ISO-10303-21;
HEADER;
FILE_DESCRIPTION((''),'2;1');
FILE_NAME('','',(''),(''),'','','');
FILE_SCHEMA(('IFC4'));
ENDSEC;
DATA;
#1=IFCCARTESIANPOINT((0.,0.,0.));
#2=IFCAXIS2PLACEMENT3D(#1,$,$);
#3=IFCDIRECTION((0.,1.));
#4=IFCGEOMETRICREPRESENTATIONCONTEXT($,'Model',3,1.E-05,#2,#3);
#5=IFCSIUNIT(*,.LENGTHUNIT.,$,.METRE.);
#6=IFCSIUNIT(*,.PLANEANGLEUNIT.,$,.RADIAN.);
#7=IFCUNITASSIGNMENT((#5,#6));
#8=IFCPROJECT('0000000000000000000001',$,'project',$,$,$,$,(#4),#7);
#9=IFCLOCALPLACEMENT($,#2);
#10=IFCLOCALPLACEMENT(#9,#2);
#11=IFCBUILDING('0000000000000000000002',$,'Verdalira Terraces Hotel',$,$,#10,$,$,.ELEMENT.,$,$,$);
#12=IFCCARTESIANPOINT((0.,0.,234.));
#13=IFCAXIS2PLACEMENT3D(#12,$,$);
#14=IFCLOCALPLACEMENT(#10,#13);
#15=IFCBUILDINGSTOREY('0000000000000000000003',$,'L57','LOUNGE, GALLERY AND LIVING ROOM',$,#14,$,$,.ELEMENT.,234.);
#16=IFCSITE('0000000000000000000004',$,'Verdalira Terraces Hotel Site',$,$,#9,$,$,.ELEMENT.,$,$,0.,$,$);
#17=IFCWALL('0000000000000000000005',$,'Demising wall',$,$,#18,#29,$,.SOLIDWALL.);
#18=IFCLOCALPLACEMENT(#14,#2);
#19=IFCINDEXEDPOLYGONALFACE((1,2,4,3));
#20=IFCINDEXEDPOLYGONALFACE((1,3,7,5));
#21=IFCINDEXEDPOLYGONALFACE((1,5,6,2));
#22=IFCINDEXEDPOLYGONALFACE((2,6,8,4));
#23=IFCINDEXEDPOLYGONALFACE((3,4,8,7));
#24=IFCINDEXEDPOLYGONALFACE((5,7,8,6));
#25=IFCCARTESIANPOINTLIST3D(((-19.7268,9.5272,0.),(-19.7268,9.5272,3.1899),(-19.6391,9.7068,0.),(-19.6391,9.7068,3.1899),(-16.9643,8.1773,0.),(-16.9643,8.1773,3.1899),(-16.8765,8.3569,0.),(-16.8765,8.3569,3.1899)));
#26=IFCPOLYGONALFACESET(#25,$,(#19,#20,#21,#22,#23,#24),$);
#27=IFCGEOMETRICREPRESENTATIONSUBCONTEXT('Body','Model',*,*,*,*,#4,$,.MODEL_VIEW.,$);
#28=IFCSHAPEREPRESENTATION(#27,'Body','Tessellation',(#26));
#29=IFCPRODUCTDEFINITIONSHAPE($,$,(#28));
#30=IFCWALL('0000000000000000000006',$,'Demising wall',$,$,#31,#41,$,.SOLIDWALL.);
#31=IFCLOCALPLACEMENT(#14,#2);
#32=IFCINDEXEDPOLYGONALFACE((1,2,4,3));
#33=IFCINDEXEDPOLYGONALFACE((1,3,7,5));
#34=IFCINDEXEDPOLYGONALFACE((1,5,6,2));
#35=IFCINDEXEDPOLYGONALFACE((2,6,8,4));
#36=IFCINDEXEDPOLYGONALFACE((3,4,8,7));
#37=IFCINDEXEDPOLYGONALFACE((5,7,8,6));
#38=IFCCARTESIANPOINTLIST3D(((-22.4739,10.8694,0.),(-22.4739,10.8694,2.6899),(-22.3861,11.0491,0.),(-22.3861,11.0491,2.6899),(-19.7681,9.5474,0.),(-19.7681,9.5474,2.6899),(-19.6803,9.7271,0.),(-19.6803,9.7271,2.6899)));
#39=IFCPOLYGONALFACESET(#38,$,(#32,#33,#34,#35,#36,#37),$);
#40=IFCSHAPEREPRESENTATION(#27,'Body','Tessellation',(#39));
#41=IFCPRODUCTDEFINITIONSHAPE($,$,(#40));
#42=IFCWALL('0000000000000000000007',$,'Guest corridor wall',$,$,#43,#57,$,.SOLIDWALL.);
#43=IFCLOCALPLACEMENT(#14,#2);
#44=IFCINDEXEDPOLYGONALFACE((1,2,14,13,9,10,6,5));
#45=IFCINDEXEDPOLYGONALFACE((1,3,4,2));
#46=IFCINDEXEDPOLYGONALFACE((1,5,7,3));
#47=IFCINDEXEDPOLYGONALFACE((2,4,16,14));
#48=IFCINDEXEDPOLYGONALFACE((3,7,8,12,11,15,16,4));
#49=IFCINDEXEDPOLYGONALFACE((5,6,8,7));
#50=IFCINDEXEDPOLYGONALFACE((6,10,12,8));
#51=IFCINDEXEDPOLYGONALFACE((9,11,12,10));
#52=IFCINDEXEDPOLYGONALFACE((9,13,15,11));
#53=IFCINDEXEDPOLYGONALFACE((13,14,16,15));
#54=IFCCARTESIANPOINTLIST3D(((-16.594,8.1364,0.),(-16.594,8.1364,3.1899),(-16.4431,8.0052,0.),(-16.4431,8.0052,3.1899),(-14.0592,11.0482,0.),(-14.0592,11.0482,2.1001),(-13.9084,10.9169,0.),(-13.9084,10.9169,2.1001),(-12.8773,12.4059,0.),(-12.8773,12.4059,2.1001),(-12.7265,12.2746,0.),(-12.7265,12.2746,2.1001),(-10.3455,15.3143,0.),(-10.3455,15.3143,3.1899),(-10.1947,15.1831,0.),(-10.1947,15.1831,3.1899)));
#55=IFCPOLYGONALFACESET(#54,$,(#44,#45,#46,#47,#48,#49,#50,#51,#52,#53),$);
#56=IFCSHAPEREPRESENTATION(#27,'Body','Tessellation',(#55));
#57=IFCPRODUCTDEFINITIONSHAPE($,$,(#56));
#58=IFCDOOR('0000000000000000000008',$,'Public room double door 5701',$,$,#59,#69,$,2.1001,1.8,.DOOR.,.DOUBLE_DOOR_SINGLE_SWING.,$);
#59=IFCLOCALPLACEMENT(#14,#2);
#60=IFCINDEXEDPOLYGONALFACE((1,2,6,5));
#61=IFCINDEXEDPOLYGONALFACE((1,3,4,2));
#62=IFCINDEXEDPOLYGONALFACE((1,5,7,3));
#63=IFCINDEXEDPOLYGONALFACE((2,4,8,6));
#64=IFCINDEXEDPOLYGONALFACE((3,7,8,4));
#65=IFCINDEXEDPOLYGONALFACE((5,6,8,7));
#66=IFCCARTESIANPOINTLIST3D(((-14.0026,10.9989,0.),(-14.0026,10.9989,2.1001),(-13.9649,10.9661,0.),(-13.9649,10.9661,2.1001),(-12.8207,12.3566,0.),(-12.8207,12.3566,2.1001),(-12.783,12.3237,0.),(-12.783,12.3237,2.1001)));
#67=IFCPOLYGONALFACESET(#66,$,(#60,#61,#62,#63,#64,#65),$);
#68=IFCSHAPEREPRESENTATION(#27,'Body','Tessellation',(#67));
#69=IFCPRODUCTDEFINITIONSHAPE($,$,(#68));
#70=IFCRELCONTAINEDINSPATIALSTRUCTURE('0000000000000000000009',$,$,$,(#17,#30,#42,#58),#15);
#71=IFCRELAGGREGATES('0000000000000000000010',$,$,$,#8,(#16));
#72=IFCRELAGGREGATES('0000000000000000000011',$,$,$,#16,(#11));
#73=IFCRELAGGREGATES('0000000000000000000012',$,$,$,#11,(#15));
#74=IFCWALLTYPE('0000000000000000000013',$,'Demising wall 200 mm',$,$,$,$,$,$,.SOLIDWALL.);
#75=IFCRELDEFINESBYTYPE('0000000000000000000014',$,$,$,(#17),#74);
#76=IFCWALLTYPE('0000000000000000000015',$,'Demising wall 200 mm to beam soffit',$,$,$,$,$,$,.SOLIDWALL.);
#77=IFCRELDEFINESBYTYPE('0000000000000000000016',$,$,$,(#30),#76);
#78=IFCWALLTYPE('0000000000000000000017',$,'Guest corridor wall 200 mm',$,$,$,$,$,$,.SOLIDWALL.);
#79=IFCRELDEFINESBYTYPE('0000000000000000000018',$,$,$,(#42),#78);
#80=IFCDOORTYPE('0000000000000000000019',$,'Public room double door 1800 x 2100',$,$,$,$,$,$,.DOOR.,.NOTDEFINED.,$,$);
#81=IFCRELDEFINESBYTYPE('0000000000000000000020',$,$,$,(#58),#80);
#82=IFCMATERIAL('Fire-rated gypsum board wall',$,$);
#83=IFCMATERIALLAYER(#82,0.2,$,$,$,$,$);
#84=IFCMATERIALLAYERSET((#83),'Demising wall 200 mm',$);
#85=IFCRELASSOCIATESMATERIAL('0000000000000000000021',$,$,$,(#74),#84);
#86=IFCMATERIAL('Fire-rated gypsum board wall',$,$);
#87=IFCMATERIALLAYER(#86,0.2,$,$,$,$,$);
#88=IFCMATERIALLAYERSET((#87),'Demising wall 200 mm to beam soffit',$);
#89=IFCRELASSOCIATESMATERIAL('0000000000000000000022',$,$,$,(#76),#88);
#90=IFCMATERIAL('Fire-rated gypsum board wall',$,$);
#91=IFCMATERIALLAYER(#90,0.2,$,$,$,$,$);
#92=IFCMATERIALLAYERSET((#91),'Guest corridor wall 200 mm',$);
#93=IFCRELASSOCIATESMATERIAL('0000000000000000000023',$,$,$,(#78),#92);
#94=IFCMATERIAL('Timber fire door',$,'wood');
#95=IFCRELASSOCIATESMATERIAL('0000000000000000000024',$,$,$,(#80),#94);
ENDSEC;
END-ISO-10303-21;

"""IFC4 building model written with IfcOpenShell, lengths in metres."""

from ifc_helpers import new_model, si_unit, direction, frame, frame_2d, origin, place, context, subcontext, project, spatial, rectangle, extrude, material, layer, layer_set, type_object, element, fill, save


model = new_model("IFC4")

# Units and contexts
model_context = context("Model", 3, precision=1e-05, world=origin(), true_north=direction((0.0, 1.0)))
body_context = subcontext(model_context, "Body", "Model", "MODEL_VIEW")
ifc_project = project(units=[si_unit("LENGTHUNIT", "METRE"), si_unit("PLANEANGLEUNIT", "RADIAN")], contexts=[model_context])

# Site, building, storey
site_placement = place(None, origin())
site = spatial("IfcSite", under=ifc_project, at=site_placement, Name="Verdalira Terraces Hotel Site", CompositionType="ELEMENT", RefElevation=0.0)
building_placement = place(site_placement, origin())
building = spatial("IfcBuilding", under=site, at=building_placement, Name="Verdalira Terraces Hotel", CompositionType="ELEMENT")
storey_placement = place(building_placement, frame((0.0, 0.0, 234.0)))
storey = spatial("IfcBuildingStorey", under=building, at=storey_placement, Name="L57", Description="LOUNGE, GALLERY AND LIVING ROOM", CompositionType="ELEMENT", Elevation=234.0)

# Shared definitions
ifc_material_1 = material(Name="Fire-rated gypsum board wall")
ifc_layer_1 = layer(ifc_material_1, 0.2)
ifc_layer_set_1 = layer_set([ifc_layer_1], Name="Demising wall 200 mm")
wall_type_1 = type_object("IfcWallType", Name="Demising wall 200 mm", PredefinedType="SOLIDWALL", material=ifc_layer_set_1)

# Walls
wall_1_placement = place(storey_placement, frame((-16.9204, 8.2671, 0.0), z_axis=(0.0, 0.0, 1.0), x_axis=(-0.898471, 0.439032, 0.0)))
element("IfcWall", 1, at=wall_1_placement, inside=storey, type_object=wall_type_1, Name="Demising wall", PredefinedType="SOLIDWALL", context=body_context, shape_type="SweptSolid", body=[
    extrude(rectangle(XDim=3.0747, YDim=0.2, at=frame_2d((1.5374, 0.0))), origin(), (0.0, 0.0, 1.0), 3.1899),
])
ifc_material_2 = material(Name="Fire-rated gypsum board wall")
ifc_layer_2 = layer(ifc_material_2, 0.2)
ifc_layer_set_2 = layer_set([ifc_layer_2], Name="Demising wall 200 mm to beam soffit")
wall_type_2 = type_object("IfcWallType", Name="Demising wall 200 mm to beam soffit", PredefinedType="SOLIDWALL", material=ifc_layer_set_2)
wall_2_placement = place(storey_placement, frame((-19.7241, 9.6372, 0.0), z_axis=(0.0, 0.0, 1.0), x_axis=(-0.898492, 0.438991, 0.0)))
element("IfcWall", 2, at=wall_2_placement, inside=storey, type_object=wall_type_2, Name="Demising wall", PredefinedType="SOLIDWALL", context=body_context, shape_type="SweptSolid", body=[
    extrude(rectangle(XDim=3.0115, YDim=0.2, at=frame_2d((1.5059, 0.0))), origin(), (0.0, 0.0, 1.0), 2.6899),
])

# Wall, opening, door
ifc_material_3 = material(Name="Fire-rated gypsum board wall")
ifc_layer_3 = layer(ifc_material_3, 0.2)
ifc_layer_set_3 = layer_set([ifc_layer_3], Name="Guest corridor wall 200 mm")
wall_type_3 = type_object("IfcWallType", Name="Guest corridor wall 200 mm", PredefinedType="SOLIDWALL", material=ifc_layer_set_3)
wall_3_placement = place(storey_placement, frame((-16.5186, 8.0708, 0.0), z_axis=(0.0, 0.0, 1.0), x_axis=(0.656586, 0.754251, 0.0)))
wall_3 = element("IfcWall", 3, at=wall_3_placement, inside=storey, type_object=wall_type_3, Name="Guest corridor wall", PredefinedType="SOLIDWALL", context=body_context, shape_type="SweptSolid", body=[
    extrude(rectangle(XDim=9.5166, YDim=0.2, at=frame_2d((4.7583, 0.0))), origin(), (0.0, 0.0, 1.0), 3.1899),
])
opening_1_placement = place(wall_3_placement, frame((3.8606, 0.0, 0.0)))
opening_1 = element("IfcOpeningElement", 4, at=opening_1_placement, cuts=wall_3, PredefinedType="OPENING", context=body_context, shape_type="SweptSolid", body=[
    extrude(rectangle(XDim=1.8, YDim=2.1001, at=frame_2d((0.8999, 1.05))), frame((0.0, 0.1099, 0.0), z_axis=(0.0, -1.0, 0.0), x_axis=(1.0, 0.0, 0.0)), (0.0, 0.0, 1.0), 0.22),
])
ifc_material_4 = material(Name="Timber fire door", Category="wood")
door_type_1 = type_object("IfcDoorType", Name="Public room double door 1800 x 2100", OperationType="NOTDEFINED", PredefinedType="DOOR", material=ifc_material_4)
door_1_placement = place(opening_1_placement, origin())
door_1 = element("IfcDoor", 5, at=door_1_placement, inside=storey, type_object=door_type_1, Name="Public room double door 5701", OperationType="DOUBLE_DOOR_SINGLE_SWING", OverallHeight=2.1001, OverallWidth=1.8, PredefinedType="DOOR", context=body_context, shape_type="SweptSolid", body=[
    extrude(rectangle(XDim=1.8, YDim=2.1001, at=frame_2d((0.8999, 1.05))), frame((0.0, 0.0249, 0.0), z_axis=(0.0, -1.0, 0.0), x_axis=(1.0, 0.0, 0.0)), (0.0, 0.0, 1.0), 0.05),
])
fill(opening_1, door_1)

save(model, "model.ifc")
